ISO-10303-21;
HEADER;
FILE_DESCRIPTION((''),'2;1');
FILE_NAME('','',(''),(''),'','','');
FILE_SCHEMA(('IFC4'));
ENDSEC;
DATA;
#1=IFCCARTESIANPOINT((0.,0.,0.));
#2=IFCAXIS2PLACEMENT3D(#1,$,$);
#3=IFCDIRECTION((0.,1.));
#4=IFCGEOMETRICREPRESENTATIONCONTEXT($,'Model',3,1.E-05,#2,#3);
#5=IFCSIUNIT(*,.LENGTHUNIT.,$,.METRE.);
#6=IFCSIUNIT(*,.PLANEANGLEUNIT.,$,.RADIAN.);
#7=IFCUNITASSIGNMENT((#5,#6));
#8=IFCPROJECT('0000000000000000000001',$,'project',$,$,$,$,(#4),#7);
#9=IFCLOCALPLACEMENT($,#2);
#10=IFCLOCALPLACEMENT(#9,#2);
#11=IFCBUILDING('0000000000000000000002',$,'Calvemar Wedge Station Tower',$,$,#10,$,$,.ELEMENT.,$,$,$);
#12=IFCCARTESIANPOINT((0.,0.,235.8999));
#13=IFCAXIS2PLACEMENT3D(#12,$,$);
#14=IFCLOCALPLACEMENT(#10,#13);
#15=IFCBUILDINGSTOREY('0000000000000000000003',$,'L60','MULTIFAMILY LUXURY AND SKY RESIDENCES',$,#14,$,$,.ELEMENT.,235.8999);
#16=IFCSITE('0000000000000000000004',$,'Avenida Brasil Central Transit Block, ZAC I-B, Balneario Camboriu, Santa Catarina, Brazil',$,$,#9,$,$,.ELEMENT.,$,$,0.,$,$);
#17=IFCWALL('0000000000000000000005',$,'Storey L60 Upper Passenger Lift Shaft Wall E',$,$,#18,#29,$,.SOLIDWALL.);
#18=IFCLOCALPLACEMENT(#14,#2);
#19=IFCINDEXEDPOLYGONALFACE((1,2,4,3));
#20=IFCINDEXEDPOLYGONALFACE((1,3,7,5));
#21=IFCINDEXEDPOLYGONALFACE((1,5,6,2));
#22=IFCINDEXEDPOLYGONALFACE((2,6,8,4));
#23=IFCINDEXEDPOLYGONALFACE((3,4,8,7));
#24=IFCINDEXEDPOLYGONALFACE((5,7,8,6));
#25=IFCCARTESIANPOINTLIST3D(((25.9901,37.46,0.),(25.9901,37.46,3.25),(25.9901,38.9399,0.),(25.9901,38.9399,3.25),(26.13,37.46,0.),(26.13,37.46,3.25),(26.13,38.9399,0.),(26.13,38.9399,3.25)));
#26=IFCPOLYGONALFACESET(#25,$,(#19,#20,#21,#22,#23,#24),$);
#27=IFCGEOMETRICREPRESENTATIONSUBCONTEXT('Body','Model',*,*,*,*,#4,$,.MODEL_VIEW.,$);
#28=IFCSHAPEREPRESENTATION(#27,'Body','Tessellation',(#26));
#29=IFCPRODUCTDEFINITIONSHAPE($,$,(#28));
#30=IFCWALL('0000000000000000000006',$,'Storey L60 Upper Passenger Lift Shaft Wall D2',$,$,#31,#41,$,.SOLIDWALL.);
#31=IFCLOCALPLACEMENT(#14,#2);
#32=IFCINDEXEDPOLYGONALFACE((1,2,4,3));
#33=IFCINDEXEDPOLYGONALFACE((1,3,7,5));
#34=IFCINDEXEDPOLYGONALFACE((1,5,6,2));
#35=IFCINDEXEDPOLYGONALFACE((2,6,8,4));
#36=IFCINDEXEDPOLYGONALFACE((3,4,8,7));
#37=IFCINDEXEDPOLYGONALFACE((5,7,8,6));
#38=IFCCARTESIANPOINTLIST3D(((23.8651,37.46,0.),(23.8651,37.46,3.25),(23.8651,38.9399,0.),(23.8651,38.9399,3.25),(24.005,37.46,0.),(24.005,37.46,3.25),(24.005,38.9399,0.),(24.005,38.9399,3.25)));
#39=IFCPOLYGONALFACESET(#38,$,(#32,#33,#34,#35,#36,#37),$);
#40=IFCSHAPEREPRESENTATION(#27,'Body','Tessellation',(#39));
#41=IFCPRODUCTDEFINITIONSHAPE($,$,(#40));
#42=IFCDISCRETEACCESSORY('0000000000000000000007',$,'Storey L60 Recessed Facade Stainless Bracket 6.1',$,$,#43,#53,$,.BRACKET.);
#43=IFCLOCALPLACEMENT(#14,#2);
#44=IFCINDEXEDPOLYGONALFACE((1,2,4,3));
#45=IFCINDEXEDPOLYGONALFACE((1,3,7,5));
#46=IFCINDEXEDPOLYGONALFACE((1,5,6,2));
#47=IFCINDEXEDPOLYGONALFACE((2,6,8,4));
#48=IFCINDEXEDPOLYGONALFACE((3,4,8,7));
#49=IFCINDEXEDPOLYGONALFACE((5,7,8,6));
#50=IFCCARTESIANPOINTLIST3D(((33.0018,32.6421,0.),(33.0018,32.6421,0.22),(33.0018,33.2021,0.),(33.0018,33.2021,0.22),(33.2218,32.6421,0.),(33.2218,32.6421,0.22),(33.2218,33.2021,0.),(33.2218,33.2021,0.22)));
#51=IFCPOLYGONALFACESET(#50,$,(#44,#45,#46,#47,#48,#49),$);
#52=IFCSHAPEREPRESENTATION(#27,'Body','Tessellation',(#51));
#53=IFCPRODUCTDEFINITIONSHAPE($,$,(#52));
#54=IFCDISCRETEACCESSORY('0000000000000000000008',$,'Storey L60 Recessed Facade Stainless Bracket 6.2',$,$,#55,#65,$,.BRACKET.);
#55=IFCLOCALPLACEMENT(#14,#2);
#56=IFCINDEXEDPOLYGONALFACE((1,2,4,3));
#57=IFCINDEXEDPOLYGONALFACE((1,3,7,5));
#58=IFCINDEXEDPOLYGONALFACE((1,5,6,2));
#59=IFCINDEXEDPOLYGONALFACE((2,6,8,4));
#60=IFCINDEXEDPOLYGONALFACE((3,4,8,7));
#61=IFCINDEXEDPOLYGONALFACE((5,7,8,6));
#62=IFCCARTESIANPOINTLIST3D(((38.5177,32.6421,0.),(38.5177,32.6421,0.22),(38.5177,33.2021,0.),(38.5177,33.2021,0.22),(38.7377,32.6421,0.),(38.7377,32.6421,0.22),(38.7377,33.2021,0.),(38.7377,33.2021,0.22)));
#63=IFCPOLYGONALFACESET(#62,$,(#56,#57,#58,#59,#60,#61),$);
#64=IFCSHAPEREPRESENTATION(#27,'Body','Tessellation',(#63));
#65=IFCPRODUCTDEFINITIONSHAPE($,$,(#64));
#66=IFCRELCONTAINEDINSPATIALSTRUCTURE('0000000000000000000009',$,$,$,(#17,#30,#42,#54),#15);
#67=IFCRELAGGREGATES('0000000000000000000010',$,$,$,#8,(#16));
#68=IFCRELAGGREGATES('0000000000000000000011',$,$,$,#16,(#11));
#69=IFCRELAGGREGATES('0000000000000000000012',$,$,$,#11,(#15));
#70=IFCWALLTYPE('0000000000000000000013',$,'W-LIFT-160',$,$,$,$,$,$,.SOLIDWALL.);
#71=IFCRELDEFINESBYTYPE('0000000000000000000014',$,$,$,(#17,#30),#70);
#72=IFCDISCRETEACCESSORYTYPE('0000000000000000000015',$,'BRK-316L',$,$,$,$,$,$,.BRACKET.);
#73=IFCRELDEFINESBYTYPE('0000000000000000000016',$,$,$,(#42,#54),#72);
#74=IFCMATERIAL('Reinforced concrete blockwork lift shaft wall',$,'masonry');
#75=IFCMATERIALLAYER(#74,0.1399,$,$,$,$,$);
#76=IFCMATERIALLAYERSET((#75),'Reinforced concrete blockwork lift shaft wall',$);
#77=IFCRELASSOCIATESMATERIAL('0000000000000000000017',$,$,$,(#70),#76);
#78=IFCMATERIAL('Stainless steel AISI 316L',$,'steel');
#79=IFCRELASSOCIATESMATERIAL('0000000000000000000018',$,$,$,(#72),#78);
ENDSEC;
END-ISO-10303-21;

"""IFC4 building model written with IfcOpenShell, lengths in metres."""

from ifc_helpers import new_model, si_unit, direction, frame, frame_2d, origin, origin_2d, place, context, subcontext, project, spatial, rectangle, extrude, source, transform, mapped, material, layer, layer_set, type_object, element, save


model = new_model("IFC4")

# Units and contexts
model_context = context("Model", 3, precision=1e-05, world=origin(), true_north=direction((0.0, 1.0)))
body_context = subcontext(model_context, "Body", "Model", "MODEL_VIEW")
ifc_project = project(units=[si_unit("LENGTHUNIT", "METRE"), si_unit("PLANEANGLEUNIT", "RADIAN")], contexts=[model_context])

# Site, building, storey
site_placement = place(None, origin())
site = spatial("IfcSite", under=ifc_project, at=site_placement, Name="Avenida Brasil Central Transit Block, ZAC I-B, Balneario Camboriu, Santa Catarina, Brazil", CompositionType="ELEMENT", RefElevation=0.0)
building_placement = place(site_placement, origin())
building = spatial("IfcBuilding", under=site, at=building_placement, Name="Calvemar Wedge Station Tower", CompositionType="ELEMENT")
storey_placement = place(building_placement, frame((0.0, 0.0, 235.8999)))
storey = spatial("IfcBuildingStorey", under=building, at=storey_placement, Name="L60", Description="MULTIFAMILY LUXURY AND SKY RESIDENCES", CompositionType="ELEMENT", Elevation=235.8999)

# Walls
ifc_material_1 = material(Name="Reinforced concrete blockwork lift shaft wall", Category="masonry")
ifc_layer_1 = layer(ifc_material_1, 0.1399)
ifc_layer_set_1 = layer_set([ifc_layer_1], Name="Reinforced concrete blockwork lift shaft wall")
wall_type_1 = type_object("IfcWallType", Name="W-LIFT-160", PredefinedType="SOLIDWALL", material=ifc_layer_set_1)
for number, where, z_axis, x_axis, name in (
    (1, (26.0601, 37.46, 0.0), (0.0, 0.0, 1.0), (0.0, 1.0, 0.0), "Storey L60 Upper Passenger Lift Shaft Wall E"),
    (2, (23.9351, 37.46, 0.0), (0.0, 0.0, 1.0), (0.0, 1.0, 0.0), "Storey L60 Upper Passenger Lift Shaft Wall D2"),
):
    element("IfcWall", number, at=place(storey_placement, frame(where, z_axis=z_axis, x_axis=x_axis)), inside=storey, type_object=wall_type_1, Name=name, PredefinedType="SOLIDWALL", context=body_context, shape_type="SweptSolid", body=[
        extrude(rectangle(XDim=1.48, YDim=0.1399, at=frame_2d((0.74, 0.0))), origin(), (0.0, 0.0, 1.0), 3.25),
    ])

# Discrete accessories
ifc_material_2 = material(Name="Stainless steel AISI 316L", Category="steel")
discrete_accessory_type = type_object("IfcDiscreteAccessoryType", Name="BRK-316L", PredefinedType="BRACKET", material=ifc_material_2)
shared_shape_1 = source(origin(), body_context, "Body", "SweptSolid", [
    extrude(rectangle(XDim=0.22, YDim=0.5601, at=origin_2d()), origin(), (0.0, 0.0, 1.0), 0.22),
])
for number, where, z_axis, x_axis, name in (
    (3, (33.1118, 32.9221, 0.0), (0.0, 0.0, 1.0), (1.0, 0.0, 0.0), "Storey L60 Recessed Facade Stainless Bracket 6.1"),
    (4, (38.6277, 32.9221, 0.0), (0.0, 0.0, 1.0), (1.0, 0.0, 0.0), "Storey L60 Recessed Facade Stainless Bracket 6.2"),
):
    element("IfcDiscreteAccessory", number, at=place(storey_placement, frame(where, z_axis=z_axis, x_axis=x_axis)), inside=storey, type_object=discrete_accessory_type, Name=name, PredefinedType="BRACKET", context=body_context, shape_type="MappedRepresentation", body=[
        mapped(shared_shape_1, transform((0.0, 0.0, 0.0), scale=1.0)),
    ])

save(model, "model.ifc")
